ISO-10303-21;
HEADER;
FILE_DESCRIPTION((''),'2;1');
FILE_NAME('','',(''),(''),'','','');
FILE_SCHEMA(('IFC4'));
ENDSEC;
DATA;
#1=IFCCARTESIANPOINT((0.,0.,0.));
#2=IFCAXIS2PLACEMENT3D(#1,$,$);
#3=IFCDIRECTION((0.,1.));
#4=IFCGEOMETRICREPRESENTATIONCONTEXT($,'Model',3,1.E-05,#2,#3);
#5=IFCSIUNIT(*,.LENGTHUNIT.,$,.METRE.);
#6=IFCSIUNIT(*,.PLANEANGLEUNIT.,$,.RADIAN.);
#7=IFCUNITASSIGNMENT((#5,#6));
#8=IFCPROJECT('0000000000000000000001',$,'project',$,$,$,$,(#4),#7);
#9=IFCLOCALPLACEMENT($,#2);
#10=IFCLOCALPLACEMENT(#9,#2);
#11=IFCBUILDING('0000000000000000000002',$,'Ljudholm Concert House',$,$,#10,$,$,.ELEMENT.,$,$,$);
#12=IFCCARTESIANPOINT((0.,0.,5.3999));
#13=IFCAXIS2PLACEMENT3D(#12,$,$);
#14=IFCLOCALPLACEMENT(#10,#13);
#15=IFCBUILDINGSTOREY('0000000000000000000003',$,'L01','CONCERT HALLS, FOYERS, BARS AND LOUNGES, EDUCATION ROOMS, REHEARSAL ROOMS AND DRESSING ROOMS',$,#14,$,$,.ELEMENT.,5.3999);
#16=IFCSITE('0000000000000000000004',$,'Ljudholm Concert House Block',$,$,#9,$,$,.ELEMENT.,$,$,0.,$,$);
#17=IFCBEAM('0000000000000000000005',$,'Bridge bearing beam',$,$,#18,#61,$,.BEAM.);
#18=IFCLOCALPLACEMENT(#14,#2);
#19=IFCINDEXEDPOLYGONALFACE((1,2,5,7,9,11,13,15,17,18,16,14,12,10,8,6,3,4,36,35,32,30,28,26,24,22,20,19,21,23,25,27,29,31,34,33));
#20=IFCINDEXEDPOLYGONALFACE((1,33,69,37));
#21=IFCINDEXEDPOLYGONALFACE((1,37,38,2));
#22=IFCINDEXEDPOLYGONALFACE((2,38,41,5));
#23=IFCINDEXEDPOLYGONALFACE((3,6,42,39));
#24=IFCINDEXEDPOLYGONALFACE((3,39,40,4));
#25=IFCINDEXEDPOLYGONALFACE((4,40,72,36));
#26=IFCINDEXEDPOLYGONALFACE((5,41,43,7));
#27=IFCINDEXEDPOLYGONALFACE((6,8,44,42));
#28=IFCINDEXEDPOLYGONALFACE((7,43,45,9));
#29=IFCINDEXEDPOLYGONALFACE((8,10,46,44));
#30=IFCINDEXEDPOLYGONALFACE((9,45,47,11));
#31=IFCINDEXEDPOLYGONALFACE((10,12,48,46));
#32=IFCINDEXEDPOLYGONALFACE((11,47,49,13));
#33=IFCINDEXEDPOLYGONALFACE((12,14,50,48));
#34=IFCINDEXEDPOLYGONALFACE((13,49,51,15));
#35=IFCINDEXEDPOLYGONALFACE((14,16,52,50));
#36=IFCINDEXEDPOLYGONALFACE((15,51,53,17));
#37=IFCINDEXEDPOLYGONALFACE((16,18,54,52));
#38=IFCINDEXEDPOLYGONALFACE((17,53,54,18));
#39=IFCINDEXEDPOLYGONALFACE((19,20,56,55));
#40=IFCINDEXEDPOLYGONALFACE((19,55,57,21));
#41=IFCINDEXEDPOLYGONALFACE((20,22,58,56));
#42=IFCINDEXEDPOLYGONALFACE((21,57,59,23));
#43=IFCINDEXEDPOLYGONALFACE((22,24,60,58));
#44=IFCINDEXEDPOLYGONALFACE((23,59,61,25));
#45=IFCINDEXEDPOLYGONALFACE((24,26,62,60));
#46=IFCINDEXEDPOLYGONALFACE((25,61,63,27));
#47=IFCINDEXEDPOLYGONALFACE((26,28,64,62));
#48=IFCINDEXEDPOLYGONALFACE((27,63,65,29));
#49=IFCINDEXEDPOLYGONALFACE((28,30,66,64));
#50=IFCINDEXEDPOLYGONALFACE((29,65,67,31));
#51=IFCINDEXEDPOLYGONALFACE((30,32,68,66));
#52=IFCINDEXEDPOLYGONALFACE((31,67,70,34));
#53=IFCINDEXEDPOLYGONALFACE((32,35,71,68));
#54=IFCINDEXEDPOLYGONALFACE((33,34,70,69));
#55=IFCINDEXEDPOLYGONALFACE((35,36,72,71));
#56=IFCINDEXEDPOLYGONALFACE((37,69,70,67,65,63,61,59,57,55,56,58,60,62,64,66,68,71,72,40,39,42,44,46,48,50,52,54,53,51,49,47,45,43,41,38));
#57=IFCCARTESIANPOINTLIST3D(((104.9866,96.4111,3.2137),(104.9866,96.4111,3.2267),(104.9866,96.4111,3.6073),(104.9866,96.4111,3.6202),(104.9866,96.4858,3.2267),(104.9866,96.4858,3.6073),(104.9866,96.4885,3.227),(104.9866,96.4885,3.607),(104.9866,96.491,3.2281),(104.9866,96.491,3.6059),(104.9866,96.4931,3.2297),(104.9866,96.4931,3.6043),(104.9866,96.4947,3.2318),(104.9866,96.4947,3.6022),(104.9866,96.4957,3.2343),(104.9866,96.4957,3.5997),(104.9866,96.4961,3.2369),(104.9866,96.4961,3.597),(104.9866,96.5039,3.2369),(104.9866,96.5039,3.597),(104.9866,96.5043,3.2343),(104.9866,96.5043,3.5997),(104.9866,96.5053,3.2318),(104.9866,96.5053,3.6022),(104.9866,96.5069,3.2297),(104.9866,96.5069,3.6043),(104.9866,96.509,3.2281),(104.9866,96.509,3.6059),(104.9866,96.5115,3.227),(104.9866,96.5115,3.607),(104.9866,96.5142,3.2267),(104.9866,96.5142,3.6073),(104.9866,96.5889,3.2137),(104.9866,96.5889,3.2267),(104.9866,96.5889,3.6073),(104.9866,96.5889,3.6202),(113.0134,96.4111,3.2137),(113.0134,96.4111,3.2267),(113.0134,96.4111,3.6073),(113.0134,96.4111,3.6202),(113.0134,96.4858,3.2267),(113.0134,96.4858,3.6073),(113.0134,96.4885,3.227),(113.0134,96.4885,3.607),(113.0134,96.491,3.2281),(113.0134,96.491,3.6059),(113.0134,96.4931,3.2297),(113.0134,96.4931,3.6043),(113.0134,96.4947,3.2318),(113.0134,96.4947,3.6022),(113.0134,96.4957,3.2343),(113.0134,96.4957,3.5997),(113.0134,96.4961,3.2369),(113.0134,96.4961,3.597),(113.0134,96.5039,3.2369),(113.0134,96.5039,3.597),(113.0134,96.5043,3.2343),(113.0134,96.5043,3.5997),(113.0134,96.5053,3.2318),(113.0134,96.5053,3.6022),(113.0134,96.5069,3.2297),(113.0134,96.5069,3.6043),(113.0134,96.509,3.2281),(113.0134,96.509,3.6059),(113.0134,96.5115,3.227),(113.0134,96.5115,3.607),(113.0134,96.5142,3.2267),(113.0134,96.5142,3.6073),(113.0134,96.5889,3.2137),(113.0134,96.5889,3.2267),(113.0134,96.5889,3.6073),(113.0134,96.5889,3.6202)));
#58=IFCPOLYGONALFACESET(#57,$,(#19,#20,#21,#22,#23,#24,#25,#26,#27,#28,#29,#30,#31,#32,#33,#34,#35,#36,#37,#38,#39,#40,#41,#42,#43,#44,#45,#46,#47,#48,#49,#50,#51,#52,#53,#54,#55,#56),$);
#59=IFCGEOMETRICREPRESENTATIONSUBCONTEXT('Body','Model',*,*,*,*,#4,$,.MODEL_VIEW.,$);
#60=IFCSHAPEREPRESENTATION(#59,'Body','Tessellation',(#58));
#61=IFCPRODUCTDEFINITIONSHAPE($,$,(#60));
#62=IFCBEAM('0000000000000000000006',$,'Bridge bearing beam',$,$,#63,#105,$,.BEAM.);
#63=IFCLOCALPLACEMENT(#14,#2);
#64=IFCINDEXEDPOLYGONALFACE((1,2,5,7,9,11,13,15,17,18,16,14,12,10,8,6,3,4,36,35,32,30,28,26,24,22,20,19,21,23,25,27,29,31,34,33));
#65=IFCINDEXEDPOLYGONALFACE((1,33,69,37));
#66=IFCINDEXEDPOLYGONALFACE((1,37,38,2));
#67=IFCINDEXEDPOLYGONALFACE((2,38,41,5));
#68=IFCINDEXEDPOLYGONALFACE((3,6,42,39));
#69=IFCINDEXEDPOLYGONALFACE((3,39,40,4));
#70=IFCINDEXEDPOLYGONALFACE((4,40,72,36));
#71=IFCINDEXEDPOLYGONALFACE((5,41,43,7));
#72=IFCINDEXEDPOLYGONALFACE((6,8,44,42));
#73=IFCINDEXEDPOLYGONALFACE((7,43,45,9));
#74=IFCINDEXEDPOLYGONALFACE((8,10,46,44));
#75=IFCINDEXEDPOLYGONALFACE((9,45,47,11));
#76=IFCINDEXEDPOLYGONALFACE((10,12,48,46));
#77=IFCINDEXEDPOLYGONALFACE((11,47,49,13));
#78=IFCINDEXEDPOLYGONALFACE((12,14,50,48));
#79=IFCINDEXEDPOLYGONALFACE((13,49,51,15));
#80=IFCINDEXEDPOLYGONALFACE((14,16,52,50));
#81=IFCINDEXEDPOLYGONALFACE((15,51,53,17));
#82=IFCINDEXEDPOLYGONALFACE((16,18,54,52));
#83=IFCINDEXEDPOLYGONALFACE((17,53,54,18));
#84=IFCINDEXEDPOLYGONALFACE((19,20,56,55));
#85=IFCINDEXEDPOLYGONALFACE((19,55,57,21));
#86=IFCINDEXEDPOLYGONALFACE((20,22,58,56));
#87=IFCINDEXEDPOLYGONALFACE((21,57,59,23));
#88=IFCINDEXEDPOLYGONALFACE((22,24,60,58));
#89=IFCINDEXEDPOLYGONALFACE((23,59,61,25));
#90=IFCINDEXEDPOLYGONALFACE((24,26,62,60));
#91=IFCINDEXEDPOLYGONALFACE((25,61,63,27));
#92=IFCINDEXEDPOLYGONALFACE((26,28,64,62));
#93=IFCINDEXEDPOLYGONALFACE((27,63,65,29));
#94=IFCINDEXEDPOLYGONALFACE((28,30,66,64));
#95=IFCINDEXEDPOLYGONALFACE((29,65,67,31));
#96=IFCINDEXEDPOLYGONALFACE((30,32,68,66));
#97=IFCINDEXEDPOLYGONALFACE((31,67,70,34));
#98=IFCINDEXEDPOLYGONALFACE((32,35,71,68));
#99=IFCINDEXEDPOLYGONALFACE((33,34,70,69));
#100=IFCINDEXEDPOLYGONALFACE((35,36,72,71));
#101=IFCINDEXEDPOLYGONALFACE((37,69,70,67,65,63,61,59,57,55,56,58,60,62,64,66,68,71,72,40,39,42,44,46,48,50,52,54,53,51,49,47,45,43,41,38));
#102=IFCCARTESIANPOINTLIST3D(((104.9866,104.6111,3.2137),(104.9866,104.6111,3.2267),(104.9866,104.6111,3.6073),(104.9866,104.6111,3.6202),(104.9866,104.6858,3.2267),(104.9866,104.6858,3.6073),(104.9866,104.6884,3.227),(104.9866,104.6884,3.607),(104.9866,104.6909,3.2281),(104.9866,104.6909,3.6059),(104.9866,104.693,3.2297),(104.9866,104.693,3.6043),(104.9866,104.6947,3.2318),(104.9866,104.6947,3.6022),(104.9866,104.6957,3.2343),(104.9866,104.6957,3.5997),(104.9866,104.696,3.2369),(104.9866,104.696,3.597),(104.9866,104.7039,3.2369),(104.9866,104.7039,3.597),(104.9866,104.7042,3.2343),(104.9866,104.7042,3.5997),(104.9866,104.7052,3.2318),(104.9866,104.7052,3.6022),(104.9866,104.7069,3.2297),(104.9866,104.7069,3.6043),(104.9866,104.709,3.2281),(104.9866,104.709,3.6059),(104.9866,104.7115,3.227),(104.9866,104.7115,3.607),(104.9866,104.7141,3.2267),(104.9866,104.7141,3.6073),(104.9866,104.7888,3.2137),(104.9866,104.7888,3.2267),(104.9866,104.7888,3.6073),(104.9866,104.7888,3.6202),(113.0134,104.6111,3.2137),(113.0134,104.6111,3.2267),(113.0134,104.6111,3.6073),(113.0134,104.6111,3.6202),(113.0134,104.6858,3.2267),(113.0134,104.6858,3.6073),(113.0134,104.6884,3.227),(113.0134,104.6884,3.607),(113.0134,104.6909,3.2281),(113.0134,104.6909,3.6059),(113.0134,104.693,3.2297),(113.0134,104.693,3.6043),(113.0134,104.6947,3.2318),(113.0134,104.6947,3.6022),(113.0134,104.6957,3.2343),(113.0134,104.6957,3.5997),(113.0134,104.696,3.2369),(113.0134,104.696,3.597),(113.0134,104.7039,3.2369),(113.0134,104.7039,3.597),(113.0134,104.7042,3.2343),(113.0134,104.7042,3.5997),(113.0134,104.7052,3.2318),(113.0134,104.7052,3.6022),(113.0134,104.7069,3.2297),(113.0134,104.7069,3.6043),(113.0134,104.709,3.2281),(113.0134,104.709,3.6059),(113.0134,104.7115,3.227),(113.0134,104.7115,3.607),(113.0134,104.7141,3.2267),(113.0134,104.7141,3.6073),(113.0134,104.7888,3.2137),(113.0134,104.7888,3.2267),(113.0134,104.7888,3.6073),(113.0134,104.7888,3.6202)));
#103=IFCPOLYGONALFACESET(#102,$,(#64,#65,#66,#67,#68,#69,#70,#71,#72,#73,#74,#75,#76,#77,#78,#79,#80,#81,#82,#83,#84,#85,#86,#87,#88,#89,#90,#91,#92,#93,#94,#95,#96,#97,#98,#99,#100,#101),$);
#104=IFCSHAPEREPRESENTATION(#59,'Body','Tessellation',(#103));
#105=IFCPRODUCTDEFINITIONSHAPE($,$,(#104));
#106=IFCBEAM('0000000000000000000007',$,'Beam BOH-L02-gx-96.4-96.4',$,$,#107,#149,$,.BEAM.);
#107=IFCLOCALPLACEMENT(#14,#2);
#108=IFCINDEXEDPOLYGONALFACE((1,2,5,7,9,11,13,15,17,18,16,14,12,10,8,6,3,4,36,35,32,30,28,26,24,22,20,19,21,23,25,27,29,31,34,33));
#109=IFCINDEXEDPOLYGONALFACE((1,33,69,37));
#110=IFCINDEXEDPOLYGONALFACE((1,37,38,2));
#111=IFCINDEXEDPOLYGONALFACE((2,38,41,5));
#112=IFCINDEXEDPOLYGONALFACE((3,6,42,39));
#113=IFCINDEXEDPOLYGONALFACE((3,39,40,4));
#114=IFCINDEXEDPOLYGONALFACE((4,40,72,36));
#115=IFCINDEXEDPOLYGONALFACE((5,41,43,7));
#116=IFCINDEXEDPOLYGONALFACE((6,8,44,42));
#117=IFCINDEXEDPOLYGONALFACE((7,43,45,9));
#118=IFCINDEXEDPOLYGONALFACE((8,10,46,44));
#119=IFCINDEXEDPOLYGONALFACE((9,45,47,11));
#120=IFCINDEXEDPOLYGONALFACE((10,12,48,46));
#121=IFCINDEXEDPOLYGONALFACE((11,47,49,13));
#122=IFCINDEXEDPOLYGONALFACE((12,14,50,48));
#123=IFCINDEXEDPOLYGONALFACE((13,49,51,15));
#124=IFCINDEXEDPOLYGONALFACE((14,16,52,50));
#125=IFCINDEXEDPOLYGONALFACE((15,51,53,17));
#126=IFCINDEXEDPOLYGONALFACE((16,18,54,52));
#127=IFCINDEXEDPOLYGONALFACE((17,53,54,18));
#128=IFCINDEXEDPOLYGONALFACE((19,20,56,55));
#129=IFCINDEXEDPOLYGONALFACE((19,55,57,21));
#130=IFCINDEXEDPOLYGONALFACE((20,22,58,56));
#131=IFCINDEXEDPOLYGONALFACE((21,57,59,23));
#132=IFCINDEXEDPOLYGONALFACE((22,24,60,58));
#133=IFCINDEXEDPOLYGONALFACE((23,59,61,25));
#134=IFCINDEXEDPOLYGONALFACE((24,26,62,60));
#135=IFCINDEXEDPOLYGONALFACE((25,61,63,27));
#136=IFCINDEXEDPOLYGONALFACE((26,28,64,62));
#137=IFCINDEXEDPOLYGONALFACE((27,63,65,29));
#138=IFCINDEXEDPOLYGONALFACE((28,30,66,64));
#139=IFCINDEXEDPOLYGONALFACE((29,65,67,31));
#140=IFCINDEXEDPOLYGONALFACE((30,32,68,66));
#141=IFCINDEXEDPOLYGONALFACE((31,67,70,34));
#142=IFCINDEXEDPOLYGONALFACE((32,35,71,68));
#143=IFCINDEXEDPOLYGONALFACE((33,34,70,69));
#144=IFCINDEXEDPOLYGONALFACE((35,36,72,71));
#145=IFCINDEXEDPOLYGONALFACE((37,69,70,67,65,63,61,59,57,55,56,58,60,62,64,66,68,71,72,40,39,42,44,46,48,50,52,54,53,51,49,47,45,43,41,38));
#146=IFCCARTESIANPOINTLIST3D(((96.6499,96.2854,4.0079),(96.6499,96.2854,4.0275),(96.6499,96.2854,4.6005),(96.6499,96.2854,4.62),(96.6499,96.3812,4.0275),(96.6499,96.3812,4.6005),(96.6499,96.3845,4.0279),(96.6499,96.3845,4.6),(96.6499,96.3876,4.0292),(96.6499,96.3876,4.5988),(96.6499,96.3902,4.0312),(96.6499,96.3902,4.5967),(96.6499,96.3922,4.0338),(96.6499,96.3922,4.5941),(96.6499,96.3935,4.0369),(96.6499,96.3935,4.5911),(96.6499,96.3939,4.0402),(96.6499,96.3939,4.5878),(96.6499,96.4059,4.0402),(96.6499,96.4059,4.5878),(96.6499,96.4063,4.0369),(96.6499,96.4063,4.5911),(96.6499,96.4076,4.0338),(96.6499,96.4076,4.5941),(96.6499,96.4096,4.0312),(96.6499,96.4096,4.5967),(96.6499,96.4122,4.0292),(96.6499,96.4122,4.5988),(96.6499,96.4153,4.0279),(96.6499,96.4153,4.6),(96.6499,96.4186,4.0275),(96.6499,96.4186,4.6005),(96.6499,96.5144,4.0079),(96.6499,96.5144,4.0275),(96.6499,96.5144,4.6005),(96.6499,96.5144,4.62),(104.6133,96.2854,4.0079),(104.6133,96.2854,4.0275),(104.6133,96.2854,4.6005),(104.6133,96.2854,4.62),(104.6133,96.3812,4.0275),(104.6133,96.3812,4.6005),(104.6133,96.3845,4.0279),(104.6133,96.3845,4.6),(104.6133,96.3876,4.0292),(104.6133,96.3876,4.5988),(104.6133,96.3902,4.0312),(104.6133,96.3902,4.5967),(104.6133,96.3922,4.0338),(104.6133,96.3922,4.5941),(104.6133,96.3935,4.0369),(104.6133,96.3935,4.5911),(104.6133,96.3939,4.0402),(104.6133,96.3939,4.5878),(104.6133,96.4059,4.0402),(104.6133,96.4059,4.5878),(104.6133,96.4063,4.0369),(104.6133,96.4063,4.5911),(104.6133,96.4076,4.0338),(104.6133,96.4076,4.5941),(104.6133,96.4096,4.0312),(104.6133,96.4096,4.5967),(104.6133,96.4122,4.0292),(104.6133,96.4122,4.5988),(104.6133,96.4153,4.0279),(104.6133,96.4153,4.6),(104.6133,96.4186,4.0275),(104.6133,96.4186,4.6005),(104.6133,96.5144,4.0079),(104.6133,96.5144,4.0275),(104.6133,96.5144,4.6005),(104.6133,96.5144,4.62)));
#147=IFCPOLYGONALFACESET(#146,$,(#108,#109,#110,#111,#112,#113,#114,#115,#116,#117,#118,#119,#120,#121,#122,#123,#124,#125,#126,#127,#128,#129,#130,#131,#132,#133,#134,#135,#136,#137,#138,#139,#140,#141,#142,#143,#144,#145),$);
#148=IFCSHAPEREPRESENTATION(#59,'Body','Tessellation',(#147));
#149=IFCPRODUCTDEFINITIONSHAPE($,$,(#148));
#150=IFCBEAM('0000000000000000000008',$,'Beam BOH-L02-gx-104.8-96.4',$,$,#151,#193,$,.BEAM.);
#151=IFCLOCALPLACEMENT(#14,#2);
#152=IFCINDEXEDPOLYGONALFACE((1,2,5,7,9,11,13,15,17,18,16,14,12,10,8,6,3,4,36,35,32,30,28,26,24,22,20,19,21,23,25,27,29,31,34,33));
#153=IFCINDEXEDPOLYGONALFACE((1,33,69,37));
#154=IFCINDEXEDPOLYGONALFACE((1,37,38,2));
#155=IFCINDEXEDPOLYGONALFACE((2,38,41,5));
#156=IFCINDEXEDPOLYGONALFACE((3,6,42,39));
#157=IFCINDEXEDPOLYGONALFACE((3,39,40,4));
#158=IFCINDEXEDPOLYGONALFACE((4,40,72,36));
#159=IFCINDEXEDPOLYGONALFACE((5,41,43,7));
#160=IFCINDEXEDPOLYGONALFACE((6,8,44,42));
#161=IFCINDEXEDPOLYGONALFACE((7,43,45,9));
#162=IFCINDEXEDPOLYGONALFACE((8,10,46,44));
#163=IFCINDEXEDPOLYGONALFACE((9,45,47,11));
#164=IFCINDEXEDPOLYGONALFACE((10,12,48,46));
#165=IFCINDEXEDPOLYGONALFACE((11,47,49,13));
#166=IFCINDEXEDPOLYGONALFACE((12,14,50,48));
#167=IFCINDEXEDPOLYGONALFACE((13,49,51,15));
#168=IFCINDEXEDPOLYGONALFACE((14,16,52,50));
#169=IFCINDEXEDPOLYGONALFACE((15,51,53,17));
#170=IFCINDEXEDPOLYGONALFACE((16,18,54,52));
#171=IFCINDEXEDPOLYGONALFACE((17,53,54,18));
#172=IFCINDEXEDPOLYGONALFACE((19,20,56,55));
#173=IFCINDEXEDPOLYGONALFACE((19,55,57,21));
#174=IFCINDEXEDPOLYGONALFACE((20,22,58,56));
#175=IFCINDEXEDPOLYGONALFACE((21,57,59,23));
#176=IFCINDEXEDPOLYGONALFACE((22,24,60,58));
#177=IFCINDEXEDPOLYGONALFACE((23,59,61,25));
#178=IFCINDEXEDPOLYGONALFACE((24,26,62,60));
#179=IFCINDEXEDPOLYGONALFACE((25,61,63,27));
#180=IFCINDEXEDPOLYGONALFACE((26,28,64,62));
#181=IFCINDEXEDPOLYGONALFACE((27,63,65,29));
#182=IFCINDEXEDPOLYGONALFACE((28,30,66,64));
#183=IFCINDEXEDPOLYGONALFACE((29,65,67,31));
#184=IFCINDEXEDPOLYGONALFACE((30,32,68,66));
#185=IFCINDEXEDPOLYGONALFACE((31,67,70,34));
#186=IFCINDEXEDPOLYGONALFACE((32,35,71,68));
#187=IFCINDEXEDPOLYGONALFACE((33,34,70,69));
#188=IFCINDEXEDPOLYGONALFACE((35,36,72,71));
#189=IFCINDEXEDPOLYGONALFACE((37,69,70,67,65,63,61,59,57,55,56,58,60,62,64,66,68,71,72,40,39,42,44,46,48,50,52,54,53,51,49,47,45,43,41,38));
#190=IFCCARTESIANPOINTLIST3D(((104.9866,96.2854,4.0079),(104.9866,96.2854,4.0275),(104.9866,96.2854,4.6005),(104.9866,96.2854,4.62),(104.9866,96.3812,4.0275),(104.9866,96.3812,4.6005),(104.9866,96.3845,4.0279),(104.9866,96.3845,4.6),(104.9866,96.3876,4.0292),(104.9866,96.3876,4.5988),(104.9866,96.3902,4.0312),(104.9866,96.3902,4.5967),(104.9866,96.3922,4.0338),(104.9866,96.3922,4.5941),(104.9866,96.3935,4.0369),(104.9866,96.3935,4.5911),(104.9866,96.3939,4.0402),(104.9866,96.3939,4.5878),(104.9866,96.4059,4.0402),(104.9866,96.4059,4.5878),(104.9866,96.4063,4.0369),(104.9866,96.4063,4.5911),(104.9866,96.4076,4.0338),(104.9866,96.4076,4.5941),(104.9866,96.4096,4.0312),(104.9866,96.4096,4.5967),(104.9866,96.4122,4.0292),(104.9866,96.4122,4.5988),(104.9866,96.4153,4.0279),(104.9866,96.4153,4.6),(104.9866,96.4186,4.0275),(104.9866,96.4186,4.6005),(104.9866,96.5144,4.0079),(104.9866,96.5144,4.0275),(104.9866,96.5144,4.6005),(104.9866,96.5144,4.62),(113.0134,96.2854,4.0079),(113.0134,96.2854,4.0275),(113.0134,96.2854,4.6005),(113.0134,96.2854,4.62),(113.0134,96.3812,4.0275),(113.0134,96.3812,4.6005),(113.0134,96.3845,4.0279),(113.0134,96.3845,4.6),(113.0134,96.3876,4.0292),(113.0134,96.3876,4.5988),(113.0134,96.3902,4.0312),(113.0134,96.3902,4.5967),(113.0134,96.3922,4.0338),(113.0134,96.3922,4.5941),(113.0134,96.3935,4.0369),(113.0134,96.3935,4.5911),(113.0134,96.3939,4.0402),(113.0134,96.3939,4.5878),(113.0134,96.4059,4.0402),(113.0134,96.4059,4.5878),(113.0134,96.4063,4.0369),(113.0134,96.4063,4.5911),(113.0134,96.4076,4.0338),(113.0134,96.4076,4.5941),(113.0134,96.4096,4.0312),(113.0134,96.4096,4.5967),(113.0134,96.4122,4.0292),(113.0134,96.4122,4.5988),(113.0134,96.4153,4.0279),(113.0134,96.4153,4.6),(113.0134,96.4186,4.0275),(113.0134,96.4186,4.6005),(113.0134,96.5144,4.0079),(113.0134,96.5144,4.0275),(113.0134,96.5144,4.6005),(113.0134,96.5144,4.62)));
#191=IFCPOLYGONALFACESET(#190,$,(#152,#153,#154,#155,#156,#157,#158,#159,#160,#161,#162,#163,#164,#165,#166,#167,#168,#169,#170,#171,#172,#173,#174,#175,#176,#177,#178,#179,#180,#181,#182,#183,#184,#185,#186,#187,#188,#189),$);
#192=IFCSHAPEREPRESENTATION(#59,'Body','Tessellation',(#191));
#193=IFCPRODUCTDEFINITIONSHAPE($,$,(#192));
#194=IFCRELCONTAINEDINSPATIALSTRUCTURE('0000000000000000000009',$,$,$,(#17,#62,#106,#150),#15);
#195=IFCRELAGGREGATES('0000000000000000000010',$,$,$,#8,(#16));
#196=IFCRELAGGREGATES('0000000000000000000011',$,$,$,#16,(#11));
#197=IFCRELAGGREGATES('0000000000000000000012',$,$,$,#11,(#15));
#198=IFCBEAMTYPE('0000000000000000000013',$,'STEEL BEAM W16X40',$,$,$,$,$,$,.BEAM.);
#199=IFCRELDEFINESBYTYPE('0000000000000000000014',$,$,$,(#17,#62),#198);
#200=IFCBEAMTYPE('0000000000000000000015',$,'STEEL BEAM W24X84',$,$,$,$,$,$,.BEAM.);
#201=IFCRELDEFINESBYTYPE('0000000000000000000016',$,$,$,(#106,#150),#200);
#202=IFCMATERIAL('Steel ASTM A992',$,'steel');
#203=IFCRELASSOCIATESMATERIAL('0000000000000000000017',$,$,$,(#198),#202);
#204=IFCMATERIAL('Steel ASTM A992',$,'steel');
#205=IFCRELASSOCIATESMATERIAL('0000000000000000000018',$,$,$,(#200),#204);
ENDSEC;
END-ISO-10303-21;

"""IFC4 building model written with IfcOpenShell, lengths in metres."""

from ifc_helpers import new_model, si_unit, direction, frame, origin, origin_2d, place, context, subcontext, project, spatial, i_section, extrude, material, material_profile, profile_set, type_object, element, save


model = new_model("IFC4")

# Units and contexts
model_context = context("Model", 3, precision=1e-05, world=origin(), true_north=direction((0.0, 1.0)))
body_context = subcontext(model_context, "Body", "Model", "MODEL_VIEW")
ifc_project = project(units=[si_unit("LENGTHUNIT", "METRE"), si_unit("PLANEANGLEUNIT", "RADIAN")], contexts=[model_context])

# Site, building, storey
site_placement = place(None, origin())
site = spatial("IfcSite", under=ifc_project, at=site_placement, Name="Ljudholm Concert House Block", CompositionType="ELEMENT", RefElevation=0.0)
building_placement = place(site_placement, origin())
building = spatial("IfcBuilding", under=site, at=building_placement, Name="Ljudholm Concert House", CompositionType="ELEMENT")
storey_placement = place(building_placement, frame((0.0, 0.0, 5.3999)))
storey = spatial("IfcBuildingStorey", under=building, at=storey_placement, Name="L01", Description="CONCERT HALLS, FOYERS, BARS AND LOUNGES, EDUCATION ROOMS, REHEARSAL ROOMS AND DRESSING ROOMS", CompositionType="ELEMENT", Elevation=5.3999)

# Beams
ifc_material_1 = material(Name="Steel ASTM A992", Category="steel")
ifc_material_profile_1 = material_profile(ifc_material_1, i_section(OverallWidth=0.1777, OverallDepth=0.4065, WebThickness=0.0078, FlangeThickness=0.0129, FilletRadius=0.0103, at=origin_2d()), Name="W16X40")
ifc_profile_set_1 = profile_set([ifc_material_profile_1], Name="Steel ASTM A992")
beam_type_1 = type_object("IfcBeamType", Name="STEEL BEAM W16X40", PredefinedType="BEAM", material=ifc_profile_set_1)
for number, where, z_axis, x_axis, name in (
    (1, (104.9866, 96.5, 3.417), (1.0, 0.0, 0.0), (0.0, 1.0, 0.0), "Bridge bearing beam"),
    (2, (104.9866, 104.7, 3.417), (1.0, 0.0, 0.0), (0.0, 1.0, 0.0), "Bridge bearing beam"),
):
    element("IfcBeam", number, at=place(storey_placement, frame(where, z_axis=z_axis, x_axis=x_axis)), inside=storey, type_object=beam_type_1, Name=name, PredefinedType="BEAM", context=body_context, shape_type="SweptSolid", body=[
        extrude(i_section(OverallWidth=0.1777, OverallDepth=0.4065, WebThickness=0.0078, FlangeThickness=0.0129, FilletRadius=0.0103, at=origin_2d()), origin(), (0.0, 0.0, 1.0), 8.0269),
    ])
ifc_material_2 = material(Name="Steel ASTM A992", Category="steel")
ifc_material_profile_2 = material_profile(ifc_material_2, i_section(OverallWidth=0.229, OverallDepth=0.6121, WebThickness=0.012, FlangeThickness=0.0195, FilletRadius=0.0127, at=origin_2d()), Name="W24X84")
ifc_profile_set_2 = profile_set([ifc_material_profile_2], Name="Steel ASTM A992")
beam_type_2 = type_object("IfcBeamType", Name="STEEL BEAM W24X84", PredefinedType="BEAM", material=ifc_profile_set_2)
beam_1_placement = place(storey_placement, frame((96.6499, 96.3999, 4.314), z_axis=(1.0, 0.0, 0.0), x_axis=(0.0, 1.0, 0.0)))
element("IfcBeam", 3, at=beam_1_placement, inside=storey, type_object=beam_type_2, Name="Beam BOH-L02-gx-96.4-96.4", PredefinedType="BEAM", context=body_context, shape_type="SweptSolid", body=[
    extrude(i_section(OverallWidth=0.229, OverallDepth=0.6121, WebThickness=0.012, FlangeThickness=0.0195, FilletRadius=0.0127, at=origin_2d()), origin(), (0.0, 0.0, 1.0), 7.9634),
])
beam_2_placement = place(storey_placement, frame((104.9866, 96.3999, 4.314), z_axis=(1.0, 0.0, 0.0), x_axis=(0.0, 1.0, 0.0)))
element("IfcBeam", 4, at=beam_2_placement, inside=storey, type_object=beam_type_2, Name="Beam BOH-L02-gx-104.8-96.4", PredefinedType="BEAM", context=body_context, shape_type="SweptSolid", body=[
    extrude(i_section(OverallWidth=0.229, OverallDepth=0.6121, WebThickness=0.012, FlangeThickness=0.0195, FilletRadius=0.0127, at=origin_2d()), origin(), (0.0, 0.0, 1.0), 8.0269),
])

save(model, "model.ifc")
